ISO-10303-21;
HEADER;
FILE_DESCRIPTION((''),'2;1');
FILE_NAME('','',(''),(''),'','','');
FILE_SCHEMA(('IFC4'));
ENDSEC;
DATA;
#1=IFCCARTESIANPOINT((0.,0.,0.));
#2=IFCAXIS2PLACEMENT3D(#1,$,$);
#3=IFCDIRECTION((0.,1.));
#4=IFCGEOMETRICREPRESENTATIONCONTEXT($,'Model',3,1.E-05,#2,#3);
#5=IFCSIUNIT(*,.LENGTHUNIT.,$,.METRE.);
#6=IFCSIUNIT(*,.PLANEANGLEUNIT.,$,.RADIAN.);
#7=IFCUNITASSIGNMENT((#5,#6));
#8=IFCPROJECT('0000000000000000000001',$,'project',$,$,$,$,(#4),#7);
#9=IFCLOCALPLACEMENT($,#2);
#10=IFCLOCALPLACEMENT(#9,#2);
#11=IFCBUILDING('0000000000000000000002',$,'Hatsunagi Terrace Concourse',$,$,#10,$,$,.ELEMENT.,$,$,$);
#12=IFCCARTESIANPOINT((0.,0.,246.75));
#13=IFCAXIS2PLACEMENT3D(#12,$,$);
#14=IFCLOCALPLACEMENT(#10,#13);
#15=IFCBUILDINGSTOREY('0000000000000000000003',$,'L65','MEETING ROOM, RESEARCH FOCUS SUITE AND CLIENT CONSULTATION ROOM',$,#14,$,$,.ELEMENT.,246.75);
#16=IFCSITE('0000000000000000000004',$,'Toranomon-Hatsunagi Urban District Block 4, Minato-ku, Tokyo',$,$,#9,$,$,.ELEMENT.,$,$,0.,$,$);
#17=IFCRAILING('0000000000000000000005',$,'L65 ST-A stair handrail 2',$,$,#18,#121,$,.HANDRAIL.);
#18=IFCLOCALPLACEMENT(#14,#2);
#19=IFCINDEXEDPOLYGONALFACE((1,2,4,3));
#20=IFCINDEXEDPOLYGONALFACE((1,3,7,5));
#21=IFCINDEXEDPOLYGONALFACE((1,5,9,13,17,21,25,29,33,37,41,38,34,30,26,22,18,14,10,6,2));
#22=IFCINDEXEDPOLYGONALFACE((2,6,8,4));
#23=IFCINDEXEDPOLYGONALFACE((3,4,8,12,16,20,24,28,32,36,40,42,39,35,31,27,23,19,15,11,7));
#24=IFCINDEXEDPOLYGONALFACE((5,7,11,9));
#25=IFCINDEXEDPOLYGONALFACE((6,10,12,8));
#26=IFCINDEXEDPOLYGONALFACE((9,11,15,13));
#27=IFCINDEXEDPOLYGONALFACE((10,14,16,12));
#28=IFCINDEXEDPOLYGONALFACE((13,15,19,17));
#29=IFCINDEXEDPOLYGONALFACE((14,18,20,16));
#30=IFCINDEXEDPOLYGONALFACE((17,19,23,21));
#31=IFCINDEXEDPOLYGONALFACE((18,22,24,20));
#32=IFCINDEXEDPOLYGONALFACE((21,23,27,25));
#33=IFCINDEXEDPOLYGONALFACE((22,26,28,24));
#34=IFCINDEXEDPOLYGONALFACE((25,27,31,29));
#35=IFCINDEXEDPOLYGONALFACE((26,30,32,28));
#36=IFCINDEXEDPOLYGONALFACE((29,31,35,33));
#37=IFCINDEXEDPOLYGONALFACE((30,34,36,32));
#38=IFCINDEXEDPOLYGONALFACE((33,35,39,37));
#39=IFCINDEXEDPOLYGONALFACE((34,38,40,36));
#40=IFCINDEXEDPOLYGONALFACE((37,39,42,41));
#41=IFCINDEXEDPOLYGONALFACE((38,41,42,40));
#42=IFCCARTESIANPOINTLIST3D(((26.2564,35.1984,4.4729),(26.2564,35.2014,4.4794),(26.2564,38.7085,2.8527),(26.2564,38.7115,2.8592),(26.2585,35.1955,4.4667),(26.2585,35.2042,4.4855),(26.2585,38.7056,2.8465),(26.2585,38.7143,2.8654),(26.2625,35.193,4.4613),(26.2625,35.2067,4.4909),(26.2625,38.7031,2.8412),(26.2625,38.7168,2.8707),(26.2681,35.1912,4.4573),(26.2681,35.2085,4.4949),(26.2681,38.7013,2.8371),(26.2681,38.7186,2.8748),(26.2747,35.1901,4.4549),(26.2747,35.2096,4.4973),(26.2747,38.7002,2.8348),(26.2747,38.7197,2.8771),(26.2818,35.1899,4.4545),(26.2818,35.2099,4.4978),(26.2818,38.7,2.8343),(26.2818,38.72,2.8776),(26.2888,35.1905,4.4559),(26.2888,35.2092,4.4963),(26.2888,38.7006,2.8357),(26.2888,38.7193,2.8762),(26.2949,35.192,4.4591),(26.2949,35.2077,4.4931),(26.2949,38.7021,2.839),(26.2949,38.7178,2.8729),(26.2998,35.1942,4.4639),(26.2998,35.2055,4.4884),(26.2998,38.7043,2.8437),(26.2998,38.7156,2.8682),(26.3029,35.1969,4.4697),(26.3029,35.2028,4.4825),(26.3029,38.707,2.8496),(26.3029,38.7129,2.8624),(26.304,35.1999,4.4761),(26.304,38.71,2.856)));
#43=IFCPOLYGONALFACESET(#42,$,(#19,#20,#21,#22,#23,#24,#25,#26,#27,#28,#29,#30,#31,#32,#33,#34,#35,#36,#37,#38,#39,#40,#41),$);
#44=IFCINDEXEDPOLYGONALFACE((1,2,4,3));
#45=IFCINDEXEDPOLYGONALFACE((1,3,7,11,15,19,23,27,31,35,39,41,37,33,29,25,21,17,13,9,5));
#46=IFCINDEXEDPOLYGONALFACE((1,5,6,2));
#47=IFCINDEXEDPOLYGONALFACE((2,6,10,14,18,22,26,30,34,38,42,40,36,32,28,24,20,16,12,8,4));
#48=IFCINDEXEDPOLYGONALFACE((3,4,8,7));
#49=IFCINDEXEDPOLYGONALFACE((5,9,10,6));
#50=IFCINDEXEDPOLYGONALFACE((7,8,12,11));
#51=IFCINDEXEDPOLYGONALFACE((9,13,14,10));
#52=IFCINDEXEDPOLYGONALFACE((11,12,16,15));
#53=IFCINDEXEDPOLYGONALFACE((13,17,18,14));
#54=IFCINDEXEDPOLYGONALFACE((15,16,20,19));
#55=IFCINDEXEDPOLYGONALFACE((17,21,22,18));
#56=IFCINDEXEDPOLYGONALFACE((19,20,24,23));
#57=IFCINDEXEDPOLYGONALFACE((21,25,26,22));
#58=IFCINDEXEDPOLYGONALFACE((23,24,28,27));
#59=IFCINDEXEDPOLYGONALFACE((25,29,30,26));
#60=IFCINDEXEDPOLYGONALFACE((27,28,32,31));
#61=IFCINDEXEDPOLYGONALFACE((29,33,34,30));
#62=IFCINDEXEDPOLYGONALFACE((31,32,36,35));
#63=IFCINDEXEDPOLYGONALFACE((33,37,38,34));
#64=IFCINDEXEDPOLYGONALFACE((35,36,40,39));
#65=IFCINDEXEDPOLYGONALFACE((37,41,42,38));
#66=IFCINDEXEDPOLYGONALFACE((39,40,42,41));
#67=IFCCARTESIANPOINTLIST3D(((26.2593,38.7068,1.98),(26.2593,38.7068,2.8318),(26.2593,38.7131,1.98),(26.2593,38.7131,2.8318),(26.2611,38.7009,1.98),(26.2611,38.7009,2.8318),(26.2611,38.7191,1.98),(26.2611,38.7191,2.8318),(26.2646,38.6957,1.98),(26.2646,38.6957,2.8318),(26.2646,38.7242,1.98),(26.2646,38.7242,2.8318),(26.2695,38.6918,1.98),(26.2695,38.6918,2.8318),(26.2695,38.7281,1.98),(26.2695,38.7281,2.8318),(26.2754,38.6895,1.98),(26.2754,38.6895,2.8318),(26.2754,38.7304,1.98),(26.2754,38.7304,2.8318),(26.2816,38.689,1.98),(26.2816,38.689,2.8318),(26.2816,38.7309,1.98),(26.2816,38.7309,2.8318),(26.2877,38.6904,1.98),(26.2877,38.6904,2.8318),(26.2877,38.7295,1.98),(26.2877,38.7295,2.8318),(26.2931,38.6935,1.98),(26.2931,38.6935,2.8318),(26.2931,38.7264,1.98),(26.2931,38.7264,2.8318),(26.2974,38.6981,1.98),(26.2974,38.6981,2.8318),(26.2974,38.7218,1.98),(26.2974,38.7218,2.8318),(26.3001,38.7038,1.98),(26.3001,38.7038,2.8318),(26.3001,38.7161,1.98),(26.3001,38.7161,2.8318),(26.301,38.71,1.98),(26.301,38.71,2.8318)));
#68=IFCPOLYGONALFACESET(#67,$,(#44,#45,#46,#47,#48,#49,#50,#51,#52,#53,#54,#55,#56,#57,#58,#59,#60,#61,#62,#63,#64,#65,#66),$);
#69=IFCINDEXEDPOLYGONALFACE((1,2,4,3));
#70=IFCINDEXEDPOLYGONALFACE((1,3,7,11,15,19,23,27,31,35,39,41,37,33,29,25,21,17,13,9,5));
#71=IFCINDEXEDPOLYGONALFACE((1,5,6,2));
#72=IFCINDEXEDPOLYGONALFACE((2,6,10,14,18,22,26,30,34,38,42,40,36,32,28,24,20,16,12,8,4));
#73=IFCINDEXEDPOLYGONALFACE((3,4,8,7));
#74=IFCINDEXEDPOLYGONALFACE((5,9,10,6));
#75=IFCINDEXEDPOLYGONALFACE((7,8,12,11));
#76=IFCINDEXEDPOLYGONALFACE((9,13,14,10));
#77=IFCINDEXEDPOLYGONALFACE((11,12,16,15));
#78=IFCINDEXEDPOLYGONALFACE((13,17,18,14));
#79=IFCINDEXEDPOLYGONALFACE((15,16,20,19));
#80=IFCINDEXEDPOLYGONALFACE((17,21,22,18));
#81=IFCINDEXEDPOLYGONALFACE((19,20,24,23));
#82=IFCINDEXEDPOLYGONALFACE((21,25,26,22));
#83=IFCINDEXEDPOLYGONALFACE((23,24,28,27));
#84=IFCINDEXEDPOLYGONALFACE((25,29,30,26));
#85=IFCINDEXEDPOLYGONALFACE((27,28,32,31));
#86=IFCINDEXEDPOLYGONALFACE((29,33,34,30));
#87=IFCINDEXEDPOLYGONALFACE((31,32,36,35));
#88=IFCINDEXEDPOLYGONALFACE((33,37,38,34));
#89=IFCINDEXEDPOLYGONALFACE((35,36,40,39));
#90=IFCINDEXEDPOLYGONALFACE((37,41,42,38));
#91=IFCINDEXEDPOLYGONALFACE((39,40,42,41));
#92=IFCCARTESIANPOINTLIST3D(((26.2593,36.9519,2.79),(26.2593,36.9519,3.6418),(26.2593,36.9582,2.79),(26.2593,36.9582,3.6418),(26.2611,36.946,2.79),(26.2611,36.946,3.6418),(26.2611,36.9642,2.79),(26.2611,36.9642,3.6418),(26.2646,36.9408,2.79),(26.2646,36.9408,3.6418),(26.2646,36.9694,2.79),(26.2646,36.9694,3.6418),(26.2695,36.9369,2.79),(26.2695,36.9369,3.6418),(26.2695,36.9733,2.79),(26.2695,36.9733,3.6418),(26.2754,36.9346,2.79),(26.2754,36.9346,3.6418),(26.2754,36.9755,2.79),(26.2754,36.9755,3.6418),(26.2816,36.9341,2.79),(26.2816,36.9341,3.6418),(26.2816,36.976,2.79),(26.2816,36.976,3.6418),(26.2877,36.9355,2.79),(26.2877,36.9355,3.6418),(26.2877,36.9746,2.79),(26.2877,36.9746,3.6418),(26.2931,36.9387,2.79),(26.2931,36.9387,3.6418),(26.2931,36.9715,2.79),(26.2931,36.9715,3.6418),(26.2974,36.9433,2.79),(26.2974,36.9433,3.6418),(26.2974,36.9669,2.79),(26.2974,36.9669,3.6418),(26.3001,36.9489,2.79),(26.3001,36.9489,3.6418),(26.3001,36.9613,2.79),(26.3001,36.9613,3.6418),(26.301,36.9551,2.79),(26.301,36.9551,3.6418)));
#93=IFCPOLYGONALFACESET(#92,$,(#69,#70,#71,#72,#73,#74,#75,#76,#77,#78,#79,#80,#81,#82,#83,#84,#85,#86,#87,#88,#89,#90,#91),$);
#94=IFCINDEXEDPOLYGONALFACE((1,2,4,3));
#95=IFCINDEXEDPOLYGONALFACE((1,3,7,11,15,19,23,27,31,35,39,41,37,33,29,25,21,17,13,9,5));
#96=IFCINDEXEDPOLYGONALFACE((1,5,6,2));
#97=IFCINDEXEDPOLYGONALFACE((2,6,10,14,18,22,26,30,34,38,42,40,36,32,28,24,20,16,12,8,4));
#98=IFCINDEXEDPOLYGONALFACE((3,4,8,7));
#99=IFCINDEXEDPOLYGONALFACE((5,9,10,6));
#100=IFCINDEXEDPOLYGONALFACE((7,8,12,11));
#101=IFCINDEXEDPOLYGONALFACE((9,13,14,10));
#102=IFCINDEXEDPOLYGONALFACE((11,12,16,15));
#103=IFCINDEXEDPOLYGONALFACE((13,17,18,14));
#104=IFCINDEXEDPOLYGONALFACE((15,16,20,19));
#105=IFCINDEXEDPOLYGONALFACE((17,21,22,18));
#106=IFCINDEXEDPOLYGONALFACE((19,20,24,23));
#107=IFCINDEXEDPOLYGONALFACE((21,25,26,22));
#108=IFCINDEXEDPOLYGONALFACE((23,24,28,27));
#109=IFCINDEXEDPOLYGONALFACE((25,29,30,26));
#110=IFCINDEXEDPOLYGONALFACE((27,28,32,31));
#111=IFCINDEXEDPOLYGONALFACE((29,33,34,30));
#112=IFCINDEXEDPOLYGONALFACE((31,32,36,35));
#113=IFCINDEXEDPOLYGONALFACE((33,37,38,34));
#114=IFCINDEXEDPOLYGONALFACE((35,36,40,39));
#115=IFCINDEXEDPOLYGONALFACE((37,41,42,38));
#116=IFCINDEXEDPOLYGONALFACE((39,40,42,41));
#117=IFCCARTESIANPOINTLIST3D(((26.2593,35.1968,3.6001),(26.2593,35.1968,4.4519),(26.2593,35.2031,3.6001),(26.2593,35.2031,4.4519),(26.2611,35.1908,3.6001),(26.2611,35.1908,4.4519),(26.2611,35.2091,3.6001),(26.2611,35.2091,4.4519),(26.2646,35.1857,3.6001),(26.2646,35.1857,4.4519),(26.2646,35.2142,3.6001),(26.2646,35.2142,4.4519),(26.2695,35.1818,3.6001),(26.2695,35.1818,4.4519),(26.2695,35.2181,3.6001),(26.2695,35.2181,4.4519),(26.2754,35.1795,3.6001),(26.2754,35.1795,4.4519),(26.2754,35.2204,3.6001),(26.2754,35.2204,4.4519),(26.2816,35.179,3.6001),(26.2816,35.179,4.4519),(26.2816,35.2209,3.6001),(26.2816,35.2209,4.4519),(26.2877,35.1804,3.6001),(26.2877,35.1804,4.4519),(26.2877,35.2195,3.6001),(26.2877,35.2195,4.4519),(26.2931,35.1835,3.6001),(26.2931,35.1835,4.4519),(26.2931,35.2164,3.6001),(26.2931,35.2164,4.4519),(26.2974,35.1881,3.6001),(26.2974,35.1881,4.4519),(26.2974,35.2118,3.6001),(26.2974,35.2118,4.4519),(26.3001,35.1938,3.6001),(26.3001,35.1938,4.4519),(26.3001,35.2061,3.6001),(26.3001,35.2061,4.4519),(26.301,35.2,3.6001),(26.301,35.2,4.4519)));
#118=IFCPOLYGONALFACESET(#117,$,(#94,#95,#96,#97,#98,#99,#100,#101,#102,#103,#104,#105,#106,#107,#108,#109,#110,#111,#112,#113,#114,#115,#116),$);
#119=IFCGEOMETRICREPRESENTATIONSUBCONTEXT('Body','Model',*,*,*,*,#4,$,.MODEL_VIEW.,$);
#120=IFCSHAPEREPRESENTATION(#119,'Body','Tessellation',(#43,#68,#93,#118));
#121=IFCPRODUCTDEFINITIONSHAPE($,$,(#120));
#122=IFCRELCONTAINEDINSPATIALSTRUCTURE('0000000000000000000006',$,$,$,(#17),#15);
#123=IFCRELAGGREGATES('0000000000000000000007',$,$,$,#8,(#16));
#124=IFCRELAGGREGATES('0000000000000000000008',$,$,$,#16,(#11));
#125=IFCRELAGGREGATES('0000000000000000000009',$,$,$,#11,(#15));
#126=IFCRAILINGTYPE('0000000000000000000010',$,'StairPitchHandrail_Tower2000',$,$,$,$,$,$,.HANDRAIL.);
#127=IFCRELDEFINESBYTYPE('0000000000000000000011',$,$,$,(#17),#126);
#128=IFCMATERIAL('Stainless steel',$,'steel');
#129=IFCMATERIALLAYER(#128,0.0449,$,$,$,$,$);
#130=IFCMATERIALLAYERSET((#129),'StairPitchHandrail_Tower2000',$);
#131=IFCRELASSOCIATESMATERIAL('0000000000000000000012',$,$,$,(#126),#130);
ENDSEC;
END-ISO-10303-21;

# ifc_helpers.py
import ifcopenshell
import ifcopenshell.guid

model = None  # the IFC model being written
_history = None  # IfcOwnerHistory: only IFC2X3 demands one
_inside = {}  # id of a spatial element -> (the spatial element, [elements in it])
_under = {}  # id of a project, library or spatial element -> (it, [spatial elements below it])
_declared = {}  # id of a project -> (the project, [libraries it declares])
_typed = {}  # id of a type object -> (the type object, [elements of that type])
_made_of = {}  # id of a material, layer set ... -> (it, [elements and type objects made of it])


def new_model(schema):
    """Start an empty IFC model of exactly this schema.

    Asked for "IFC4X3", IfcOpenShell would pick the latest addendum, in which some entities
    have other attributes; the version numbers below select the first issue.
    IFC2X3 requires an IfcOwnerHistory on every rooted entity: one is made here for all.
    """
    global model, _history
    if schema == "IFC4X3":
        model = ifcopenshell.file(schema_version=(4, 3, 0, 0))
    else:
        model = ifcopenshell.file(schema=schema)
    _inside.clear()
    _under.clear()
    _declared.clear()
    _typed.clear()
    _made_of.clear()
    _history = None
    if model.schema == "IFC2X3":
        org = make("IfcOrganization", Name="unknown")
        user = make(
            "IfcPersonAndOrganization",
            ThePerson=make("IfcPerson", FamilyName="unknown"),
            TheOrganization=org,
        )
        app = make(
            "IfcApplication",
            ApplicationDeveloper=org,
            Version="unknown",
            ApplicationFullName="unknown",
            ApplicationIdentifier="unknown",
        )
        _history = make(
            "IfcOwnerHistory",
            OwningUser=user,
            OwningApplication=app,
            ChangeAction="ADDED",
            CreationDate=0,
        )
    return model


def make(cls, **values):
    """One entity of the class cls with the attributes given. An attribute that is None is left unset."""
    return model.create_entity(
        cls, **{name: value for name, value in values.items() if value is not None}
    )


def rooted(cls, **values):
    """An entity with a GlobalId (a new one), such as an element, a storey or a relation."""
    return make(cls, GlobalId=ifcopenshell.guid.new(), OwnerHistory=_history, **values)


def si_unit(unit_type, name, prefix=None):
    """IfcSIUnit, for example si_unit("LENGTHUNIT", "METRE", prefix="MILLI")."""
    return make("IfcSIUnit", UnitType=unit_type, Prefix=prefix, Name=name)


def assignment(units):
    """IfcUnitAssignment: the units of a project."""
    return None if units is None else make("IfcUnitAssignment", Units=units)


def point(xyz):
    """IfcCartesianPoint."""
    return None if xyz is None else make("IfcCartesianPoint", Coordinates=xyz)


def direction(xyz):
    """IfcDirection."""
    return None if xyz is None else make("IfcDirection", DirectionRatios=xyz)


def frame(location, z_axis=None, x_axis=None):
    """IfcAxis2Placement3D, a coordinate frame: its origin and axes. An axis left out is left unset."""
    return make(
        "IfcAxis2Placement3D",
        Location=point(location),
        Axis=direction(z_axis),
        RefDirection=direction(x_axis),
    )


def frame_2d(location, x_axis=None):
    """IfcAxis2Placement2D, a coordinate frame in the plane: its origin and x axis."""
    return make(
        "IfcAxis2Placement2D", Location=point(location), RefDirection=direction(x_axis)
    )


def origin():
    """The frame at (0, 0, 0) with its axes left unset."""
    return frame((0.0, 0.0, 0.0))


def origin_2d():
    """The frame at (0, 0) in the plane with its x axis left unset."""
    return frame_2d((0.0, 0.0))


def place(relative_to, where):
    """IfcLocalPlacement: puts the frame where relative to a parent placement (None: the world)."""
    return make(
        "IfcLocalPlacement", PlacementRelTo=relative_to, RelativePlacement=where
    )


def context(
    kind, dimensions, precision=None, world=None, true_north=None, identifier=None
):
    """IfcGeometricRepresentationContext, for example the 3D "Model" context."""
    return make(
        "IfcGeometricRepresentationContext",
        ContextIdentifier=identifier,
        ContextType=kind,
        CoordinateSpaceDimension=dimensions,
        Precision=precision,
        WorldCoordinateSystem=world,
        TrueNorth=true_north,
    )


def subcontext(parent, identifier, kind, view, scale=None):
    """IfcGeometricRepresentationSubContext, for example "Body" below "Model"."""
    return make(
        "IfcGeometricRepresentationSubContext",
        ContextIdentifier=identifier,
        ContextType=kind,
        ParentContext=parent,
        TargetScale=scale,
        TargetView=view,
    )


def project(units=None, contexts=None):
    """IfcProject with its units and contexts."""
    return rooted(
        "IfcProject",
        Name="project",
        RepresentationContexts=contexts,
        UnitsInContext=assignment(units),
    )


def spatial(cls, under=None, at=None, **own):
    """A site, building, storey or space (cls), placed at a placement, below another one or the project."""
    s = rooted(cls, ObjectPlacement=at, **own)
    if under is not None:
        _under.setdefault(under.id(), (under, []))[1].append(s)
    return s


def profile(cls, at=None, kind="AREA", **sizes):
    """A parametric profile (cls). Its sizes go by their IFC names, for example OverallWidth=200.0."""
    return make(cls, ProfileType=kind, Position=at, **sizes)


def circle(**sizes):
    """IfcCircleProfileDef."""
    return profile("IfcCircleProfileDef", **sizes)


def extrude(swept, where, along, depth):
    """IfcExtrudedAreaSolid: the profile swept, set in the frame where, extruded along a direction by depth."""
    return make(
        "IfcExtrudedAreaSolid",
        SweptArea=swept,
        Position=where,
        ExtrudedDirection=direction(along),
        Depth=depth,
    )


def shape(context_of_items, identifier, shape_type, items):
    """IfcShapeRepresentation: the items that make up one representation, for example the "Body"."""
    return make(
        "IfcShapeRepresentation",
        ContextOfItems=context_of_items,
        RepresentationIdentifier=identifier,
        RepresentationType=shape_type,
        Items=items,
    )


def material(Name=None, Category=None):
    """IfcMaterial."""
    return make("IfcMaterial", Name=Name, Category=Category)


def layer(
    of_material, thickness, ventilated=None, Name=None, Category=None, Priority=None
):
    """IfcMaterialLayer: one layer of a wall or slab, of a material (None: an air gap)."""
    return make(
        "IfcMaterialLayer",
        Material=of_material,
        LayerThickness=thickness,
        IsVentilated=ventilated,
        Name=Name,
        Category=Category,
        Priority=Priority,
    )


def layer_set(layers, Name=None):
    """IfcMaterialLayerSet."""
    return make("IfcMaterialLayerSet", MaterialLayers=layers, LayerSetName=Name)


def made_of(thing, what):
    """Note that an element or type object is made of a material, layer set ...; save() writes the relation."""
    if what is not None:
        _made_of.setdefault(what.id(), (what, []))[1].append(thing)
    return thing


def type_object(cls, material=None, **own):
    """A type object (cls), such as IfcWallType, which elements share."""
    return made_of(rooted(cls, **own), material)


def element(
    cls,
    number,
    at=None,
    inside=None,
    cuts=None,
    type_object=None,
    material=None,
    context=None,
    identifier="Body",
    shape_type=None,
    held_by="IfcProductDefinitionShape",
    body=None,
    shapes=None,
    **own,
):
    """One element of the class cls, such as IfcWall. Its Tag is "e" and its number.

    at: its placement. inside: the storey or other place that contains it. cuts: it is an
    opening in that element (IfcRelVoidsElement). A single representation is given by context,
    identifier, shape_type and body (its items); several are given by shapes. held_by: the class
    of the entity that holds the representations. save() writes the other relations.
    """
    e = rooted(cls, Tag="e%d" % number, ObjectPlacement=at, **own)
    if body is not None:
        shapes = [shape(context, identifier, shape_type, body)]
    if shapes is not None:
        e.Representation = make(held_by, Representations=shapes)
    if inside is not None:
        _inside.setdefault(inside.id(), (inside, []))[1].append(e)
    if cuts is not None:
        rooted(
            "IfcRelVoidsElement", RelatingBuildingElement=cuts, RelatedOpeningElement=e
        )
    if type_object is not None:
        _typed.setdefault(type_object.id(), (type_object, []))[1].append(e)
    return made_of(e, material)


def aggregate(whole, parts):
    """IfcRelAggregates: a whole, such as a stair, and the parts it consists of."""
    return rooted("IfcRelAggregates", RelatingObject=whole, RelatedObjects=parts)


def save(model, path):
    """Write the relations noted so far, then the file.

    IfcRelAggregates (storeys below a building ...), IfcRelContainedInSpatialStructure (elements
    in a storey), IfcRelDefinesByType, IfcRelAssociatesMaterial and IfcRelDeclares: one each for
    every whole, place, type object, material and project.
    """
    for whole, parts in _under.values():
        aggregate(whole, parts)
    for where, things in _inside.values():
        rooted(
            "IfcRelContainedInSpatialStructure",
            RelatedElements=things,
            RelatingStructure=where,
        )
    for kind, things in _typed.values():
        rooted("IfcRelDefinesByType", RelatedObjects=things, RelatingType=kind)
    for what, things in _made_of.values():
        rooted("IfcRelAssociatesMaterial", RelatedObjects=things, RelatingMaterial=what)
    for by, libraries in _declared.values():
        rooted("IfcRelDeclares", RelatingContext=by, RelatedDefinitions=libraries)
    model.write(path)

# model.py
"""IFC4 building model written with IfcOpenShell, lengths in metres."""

from ifc_helpers import new_model, si_unit, direction, frame, origin, origin_2d, place, context, subcontext, project, spatial, circle, extrude, material, layer, layer_set, type_object, element, save


model = new_model("IFC4")

# Units and contexts
model_context = context("Model", 3, precision=1e-05, world=origin(), true_north=direction((0.0, 1.0)))
body_context = subcontext(model_context, "Body", "Model", "MODEL_VIEW")
ifc_project = project(units=[si_unit("LENGTHUNIT", "METRE"), si_unit("PLANEANGLEUNIT", "RADIAN")], contexts=[model_context])

# Site, building, storey
site_placement = place(None, origin())
site = spatial("IfcSite", under=ifc_project, at=site_placement, Name="Toranomon-Hatsunagi Urban District Block 4, Minato-ku, Tokyo", CompositionType="ELEMENT", RefElevation=0.0)
building_placement = place(site_placement, origin())
building = spatial("IfcBuilding", under=site, at=building_placement, Name="Hatsunagi Terrace Concourse", CompositionType="ELEMENT")
storey_placement = place(building_placement, frame((0.0, 0.0, 246.75)))
storey = spatial("IfcBuildingStorey", under=building, at=storey_placement, Name="L65", Description="MEETING ROOM, RESEARCH FOCUS SUITE AND CLIENT CONSULTATION ROOM", CompositionType="ELEMENT", Elevation=246.75)

# Railing
ifc_material_1 = material(Name="Stainless steel", Category="steel")
ifc_layer_1 = layer(ifc_material_1, 0.0449)
ifc_layer_set_1 = layer_set([ifc_layer_1], Name="StairPitchHandrail_Tower2000")
railing_type_1 = type_object("IfcRailingType", Name="StairPitchHandrail_Tower2000", PredefinedType="HANDRAIL", material=ifc_layer_set_1)
railing_1_placement = place(storey_placement, frame((26.28, 38.71, 1.98)))
element("IfcRailing", 1, at=railing_1_placement, inside=storey, type_object=railing_type_1, Name="L65 ST-A stair handrail 2", PredefinedType="HANDRAIL", context=body_context, shape_type="SweptSolid", body=[
    extrude(circle(Radius=0.0239, at=origin_2d()), frame((0.0, 0.0, 0.876), z_axis=(0.0, -0.907948, 0.419082), x_axis=(1.0, 0.0, 0.0)), (0.0, 0.0, 1.0), 3.866),
    extrude(circle(Radius=0.021, at=origin_2d()), origin(), (0.0, 0.0, 1.0), 0.8518),
    extrude(circle(Radius=0.021, at=origin_2d()), frame((0.0, -1.7549, 0.8101)), (0.0, 0.0, 1.0), 0.8518),
    extrude(circle(Radius=0.021, at=origin_2d()), frame((0.0, -3.51, 1.6201)), (0.0, 0.0, 1.0), 0.8518),
])

save(model, "model.ifc")
